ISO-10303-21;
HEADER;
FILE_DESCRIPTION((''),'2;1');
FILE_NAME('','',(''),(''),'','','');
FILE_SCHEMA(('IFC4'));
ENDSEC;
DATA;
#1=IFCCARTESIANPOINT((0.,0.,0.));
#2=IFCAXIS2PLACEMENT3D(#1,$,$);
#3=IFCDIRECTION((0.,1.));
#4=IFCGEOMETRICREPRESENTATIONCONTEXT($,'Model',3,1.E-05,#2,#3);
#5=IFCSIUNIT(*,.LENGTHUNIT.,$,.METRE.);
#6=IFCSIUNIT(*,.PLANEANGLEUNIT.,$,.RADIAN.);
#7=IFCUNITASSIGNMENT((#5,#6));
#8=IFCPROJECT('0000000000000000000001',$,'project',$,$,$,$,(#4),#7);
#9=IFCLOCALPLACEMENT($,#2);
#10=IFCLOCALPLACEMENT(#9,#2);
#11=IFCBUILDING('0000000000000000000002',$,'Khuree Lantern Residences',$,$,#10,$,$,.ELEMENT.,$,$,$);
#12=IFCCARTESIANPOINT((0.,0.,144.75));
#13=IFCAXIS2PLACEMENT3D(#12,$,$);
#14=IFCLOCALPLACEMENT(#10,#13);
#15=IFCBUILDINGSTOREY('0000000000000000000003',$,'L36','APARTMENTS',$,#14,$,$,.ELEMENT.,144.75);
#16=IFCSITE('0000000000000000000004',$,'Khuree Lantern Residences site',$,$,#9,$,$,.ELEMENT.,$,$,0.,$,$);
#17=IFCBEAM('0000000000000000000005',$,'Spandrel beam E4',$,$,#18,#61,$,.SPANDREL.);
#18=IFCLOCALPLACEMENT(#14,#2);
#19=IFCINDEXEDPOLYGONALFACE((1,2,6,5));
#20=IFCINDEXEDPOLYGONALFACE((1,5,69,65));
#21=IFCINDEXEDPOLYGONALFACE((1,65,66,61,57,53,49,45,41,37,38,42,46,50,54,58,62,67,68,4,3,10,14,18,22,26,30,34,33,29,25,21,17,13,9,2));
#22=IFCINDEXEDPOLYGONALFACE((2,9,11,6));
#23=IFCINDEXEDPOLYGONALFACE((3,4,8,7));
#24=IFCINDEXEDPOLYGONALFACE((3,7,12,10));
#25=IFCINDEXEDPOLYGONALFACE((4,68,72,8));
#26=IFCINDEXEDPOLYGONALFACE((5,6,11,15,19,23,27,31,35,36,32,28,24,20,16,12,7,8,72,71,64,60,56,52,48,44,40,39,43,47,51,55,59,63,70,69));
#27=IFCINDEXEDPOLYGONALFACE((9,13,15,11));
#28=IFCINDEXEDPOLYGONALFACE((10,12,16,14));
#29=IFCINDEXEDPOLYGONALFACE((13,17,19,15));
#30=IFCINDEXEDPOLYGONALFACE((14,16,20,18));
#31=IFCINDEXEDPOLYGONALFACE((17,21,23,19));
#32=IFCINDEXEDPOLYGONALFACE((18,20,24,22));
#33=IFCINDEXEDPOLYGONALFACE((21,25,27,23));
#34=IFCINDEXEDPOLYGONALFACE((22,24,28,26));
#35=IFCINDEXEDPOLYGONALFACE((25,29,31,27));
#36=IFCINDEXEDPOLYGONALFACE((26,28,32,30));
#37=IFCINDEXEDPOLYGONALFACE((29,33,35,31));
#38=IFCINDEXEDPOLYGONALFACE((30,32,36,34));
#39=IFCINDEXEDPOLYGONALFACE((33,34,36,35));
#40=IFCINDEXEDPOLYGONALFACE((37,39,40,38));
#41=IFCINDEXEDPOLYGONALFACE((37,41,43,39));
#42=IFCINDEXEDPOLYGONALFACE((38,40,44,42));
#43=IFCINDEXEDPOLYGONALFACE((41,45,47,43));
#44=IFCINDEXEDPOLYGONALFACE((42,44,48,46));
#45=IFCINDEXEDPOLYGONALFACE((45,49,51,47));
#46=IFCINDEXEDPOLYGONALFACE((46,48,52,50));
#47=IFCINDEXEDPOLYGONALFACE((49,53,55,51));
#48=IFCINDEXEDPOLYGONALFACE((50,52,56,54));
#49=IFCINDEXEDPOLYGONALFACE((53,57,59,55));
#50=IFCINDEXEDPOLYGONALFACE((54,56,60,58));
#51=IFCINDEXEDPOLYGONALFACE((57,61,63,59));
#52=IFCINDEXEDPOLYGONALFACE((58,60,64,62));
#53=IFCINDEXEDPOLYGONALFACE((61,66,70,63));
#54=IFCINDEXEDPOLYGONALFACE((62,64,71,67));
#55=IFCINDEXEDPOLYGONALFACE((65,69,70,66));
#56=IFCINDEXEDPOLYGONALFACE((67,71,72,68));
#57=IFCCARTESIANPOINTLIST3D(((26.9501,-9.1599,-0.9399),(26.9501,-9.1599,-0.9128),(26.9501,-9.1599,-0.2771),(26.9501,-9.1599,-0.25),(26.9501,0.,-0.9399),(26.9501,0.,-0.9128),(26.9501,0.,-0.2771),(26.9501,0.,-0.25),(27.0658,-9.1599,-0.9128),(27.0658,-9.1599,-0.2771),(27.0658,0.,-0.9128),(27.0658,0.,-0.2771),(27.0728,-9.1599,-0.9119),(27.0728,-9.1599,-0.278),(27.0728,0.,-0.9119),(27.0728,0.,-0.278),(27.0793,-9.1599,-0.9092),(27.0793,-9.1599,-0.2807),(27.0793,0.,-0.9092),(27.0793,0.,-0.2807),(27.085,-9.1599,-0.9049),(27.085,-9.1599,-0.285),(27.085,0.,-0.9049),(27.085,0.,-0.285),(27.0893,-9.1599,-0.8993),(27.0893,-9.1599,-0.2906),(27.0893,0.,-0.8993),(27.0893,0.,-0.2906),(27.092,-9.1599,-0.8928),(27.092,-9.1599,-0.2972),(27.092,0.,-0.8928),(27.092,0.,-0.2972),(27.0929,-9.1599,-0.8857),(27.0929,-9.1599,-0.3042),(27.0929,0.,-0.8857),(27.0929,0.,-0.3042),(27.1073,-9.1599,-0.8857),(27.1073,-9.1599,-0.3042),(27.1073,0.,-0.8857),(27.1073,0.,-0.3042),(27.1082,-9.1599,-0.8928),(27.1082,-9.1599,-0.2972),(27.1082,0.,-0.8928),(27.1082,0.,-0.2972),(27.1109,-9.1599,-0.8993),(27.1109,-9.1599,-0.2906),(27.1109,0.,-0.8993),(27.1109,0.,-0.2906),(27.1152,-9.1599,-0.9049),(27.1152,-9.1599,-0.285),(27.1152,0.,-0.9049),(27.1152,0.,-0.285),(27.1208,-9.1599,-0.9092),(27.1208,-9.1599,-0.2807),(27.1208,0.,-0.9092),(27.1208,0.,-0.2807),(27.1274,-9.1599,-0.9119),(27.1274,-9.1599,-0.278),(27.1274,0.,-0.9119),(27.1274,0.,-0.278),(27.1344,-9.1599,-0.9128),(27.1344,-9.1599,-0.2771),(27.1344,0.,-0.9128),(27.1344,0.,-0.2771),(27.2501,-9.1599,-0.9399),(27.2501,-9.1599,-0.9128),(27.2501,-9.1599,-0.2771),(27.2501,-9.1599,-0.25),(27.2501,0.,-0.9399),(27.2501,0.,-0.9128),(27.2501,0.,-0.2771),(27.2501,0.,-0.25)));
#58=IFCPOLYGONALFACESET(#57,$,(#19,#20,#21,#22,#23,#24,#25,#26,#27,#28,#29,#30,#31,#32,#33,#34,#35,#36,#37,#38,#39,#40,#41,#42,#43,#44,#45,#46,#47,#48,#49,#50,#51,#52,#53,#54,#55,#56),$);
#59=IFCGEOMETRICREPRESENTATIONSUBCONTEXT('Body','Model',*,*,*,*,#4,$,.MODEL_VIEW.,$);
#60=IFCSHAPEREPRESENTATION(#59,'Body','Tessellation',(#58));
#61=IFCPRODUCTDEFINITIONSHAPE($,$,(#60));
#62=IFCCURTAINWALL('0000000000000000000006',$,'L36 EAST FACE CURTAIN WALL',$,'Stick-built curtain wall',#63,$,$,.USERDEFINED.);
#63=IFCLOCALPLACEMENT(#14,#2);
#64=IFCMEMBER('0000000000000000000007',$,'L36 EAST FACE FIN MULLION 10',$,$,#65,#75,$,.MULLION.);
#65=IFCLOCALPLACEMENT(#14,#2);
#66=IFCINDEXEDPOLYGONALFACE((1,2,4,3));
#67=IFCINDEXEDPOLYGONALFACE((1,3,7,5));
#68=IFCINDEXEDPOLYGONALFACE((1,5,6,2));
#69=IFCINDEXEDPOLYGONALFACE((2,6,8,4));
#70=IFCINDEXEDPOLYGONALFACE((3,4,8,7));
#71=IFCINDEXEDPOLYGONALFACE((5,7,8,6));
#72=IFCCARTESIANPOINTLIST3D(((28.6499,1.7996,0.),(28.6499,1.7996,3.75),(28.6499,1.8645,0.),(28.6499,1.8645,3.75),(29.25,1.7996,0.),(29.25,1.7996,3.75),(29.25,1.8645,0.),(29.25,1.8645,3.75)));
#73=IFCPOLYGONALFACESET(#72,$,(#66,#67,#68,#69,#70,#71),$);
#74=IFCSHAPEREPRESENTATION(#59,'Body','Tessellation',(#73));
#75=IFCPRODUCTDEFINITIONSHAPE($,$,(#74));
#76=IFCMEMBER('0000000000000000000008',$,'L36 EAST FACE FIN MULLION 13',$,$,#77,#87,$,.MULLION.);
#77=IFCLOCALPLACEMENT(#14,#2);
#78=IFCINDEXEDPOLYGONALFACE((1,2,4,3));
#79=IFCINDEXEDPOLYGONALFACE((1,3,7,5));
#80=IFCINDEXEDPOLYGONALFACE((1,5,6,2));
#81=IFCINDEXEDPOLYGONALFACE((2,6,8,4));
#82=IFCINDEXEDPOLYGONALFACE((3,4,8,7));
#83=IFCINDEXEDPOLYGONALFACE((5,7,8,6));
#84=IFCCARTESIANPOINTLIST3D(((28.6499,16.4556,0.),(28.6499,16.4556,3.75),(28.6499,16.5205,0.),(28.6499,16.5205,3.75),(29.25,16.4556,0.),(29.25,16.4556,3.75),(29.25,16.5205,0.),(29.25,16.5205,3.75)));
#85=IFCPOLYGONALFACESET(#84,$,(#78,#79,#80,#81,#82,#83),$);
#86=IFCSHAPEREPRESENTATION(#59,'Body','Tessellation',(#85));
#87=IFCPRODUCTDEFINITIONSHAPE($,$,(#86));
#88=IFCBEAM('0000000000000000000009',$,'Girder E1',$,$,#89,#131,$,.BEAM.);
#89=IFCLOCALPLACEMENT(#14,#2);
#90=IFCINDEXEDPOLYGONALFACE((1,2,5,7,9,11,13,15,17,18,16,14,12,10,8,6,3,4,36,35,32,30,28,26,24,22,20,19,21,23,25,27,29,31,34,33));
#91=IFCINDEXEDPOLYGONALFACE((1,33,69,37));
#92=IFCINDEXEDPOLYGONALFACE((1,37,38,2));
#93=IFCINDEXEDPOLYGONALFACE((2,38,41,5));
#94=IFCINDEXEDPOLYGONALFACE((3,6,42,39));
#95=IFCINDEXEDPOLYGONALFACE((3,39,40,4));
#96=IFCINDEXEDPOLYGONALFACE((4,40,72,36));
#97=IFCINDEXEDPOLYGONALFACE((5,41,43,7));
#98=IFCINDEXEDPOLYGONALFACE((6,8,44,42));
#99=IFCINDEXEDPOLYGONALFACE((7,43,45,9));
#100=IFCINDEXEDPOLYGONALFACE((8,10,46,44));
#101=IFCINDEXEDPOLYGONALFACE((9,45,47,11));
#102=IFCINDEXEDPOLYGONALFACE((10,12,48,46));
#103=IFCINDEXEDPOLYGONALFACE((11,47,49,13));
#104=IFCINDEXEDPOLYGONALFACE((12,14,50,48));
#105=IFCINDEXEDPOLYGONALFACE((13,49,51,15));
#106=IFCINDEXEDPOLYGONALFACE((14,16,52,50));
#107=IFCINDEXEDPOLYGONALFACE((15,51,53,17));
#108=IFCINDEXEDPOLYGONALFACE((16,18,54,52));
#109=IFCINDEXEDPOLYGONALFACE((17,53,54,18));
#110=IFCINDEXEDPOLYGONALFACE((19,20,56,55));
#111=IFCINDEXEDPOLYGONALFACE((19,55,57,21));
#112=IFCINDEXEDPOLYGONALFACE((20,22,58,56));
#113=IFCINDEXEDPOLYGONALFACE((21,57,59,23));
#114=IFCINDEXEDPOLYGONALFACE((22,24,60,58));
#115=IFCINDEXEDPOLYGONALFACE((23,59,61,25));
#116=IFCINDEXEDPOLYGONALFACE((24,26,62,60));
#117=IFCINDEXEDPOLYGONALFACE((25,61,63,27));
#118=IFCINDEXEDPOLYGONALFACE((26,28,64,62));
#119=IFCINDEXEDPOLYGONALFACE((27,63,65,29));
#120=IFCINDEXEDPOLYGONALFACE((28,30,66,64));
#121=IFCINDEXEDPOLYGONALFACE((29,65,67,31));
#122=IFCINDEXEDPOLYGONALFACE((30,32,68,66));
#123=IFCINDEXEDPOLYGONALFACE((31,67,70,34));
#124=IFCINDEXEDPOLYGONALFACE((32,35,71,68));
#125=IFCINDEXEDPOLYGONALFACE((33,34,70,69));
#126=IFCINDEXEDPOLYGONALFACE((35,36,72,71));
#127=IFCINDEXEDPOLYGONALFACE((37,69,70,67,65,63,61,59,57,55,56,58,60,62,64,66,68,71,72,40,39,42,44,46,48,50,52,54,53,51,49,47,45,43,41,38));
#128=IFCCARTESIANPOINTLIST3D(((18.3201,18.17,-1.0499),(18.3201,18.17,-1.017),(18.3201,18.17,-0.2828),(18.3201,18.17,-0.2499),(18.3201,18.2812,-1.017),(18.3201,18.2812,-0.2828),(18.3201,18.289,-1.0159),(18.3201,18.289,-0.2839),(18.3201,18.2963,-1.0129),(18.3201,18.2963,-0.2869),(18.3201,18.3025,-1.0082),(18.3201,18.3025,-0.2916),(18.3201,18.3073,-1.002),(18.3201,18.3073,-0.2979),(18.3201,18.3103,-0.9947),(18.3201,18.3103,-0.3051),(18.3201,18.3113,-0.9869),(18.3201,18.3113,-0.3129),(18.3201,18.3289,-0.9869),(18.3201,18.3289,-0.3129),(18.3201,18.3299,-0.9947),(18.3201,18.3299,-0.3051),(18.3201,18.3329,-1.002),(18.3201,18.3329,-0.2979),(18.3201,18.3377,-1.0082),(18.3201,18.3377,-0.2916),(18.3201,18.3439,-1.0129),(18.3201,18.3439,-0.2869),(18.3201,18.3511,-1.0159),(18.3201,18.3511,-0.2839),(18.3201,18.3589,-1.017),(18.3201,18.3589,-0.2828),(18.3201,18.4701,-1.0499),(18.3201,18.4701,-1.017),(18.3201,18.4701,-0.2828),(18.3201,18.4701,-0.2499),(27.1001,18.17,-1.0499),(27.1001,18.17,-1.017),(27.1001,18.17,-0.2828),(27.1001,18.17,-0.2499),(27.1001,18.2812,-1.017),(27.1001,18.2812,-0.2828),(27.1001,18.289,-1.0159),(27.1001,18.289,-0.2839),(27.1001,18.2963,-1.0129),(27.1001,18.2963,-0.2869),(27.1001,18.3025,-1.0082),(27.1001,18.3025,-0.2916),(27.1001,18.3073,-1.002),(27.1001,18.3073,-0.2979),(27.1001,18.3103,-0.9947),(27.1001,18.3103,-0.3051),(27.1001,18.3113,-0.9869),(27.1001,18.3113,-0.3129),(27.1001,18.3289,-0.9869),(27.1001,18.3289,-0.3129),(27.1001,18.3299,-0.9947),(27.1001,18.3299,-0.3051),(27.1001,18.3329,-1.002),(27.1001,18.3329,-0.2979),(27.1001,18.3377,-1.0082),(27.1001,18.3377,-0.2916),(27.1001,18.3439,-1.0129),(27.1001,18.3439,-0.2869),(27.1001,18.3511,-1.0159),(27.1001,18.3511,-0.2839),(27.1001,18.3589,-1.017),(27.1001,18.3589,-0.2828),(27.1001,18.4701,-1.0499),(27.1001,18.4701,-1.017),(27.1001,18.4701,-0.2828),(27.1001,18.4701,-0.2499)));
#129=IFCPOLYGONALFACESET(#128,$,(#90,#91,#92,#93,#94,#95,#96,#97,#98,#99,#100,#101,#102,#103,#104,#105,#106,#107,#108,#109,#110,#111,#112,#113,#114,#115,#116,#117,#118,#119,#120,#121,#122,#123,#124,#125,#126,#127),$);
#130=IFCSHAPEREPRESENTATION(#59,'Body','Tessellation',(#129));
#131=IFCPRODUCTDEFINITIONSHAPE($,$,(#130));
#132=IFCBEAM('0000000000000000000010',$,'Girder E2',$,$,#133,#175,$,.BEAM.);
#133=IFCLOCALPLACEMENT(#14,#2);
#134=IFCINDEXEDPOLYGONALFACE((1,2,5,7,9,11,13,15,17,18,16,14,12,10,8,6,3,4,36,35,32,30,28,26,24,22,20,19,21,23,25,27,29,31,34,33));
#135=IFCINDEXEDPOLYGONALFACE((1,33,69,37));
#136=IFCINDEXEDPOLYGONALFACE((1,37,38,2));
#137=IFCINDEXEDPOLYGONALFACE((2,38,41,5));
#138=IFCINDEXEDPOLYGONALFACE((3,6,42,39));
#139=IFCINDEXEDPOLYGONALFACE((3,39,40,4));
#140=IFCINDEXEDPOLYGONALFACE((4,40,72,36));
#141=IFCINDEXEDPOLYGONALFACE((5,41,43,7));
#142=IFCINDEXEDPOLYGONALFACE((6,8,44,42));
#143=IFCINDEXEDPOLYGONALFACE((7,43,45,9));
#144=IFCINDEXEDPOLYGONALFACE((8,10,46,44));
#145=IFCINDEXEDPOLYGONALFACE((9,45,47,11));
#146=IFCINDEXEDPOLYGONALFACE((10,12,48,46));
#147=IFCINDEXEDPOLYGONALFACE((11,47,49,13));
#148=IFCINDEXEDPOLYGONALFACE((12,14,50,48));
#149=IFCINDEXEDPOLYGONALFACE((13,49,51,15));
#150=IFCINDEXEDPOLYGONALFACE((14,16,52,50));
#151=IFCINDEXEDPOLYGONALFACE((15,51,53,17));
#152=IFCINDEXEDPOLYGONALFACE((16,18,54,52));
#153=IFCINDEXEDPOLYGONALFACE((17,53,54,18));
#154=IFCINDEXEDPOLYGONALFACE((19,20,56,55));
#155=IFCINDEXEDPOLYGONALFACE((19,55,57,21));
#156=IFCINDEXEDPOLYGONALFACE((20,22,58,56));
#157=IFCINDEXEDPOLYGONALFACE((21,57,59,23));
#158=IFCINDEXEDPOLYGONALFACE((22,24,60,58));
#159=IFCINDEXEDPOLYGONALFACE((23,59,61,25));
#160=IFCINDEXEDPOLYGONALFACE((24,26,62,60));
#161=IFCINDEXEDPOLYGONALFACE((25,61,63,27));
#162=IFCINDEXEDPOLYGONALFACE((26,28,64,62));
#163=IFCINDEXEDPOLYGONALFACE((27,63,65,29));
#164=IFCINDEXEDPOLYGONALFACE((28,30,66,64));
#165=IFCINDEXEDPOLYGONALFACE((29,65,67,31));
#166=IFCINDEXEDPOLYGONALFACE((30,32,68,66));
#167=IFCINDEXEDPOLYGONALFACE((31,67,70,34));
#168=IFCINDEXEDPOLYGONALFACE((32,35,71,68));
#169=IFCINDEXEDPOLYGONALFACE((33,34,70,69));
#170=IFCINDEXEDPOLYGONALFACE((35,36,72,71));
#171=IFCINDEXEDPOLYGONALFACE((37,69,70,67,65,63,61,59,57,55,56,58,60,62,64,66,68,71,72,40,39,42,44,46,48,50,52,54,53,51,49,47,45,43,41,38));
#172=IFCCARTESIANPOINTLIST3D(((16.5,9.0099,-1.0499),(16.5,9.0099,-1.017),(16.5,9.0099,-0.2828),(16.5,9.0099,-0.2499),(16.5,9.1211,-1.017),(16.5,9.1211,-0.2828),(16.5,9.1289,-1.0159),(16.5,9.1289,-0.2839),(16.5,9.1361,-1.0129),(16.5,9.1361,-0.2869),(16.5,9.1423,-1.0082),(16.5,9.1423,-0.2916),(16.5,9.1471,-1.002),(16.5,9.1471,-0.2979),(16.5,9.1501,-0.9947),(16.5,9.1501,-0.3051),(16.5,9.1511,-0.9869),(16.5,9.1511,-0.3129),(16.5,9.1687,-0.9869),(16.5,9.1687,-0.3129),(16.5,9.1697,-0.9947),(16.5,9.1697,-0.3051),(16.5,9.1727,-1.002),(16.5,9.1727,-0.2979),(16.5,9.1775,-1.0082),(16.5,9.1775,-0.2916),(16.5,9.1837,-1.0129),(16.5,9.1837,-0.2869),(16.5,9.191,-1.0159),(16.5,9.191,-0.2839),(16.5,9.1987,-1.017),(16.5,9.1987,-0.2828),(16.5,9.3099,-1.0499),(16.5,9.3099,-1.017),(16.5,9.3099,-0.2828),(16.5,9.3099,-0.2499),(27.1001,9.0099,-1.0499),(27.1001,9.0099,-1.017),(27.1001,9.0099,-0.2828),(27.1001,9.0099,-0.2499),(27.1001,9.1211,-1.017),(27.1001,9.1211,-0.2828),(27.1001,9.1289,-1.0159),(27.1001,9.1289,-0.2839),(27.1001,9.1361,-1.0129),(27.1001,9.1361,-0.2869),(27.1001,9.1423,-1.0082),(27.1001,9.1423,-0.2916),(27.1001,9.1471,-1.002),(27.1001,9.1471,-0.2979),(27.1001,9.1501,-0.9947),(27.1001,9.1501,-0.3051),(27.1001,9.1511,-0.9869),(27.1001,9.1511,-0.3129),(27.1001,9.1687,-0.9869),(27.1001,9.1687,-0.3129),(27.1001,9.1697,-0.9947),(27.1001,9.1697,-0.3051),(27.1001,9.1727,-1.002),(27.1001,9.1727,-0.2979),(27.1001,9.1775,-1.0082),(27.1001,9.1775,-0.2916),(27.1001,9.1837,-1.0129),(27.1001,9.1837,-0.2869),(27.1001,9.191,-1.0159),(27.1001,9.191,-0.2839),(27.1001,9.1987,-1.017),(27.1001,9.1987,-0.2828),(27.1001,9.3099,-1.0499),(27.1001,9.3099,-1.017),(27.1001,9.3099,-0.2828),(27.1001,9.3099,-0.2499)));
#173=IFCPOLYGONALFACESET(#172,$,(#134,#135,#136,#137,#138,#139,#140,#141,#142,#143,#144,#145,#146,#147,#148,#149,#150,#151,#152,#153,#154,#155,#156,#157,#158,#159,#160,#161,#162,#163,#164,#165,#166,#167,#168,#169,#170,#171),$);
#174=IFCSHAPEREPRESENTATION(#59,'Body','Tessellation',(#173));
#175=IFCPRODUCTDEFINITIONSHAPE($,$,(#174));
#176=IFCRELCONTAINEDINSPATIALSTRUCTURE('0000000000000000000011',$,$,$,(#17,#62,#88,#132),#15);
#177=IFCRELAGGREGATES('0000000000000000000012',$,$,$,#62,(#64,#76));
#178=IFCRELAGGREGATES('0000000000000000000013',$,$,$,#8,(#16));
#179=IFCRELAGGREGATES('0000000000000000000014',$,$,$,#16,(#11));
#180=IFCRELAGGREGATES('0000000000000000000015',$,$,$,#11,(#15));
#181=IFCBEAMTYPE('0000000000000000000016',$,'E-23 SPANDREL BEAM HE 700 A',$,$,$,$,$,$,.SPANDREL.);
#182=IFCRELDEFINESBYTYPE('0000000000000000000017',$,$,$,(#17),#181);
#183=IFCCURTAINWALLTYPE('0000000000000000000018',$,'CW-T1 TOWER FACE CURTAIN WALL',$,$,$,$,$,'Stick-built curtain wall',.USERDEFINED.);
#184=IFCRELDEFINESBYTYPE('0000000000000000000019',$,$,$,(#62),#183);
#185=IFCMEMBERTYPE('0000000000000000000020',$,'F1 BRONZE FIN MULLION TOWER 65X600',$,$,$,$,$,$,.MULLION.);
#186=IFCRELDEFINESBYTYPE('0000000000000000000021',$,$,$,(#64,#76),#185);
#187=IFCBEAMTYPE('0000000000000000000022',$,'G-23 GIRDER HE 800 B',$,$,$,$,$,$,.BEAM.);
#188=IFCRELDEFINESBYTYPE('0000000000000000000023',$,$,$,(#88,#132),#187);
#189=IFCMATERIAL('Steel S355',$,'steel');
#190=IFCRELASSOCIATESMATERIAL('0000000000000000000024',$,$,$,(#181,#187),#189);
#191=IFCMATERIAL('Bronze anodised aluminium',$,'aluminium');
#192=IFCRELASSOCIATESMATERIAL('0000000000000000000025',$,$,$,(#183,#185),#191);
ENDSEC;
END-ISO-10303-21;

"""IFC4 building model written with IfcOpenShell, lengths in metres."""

from ifc_helpers import new_model, si_unit, direction, frame, origin, origin_2d, place, context, subcontext, project, spatial, rectangle, i_section, extrude, material, material_profile, profile_set, type_object, element, aggregate, save


model = new_model("IFC4")

# Units and contexts
model_context = context("Model", 3, precision=1e-05, world=origin(), true_north=direction((0.0, 1.0)))
body_context = subcontext(model_context, "Body", "Model", "MODEL_VIEW")
ifc_project = project(units=[si_unit("LENGTHUNIT", "METRE"), si_unit("PLANEANGLEUNIT", "RADIAN")], contexts=[model_context])

# Site, building, storey
site_placement = place(None, origin())
site = spatial("IfcSite", under=ifc_project, at=site_placement, Name="Khuree Lantern Residences site", CompositionType="ELEMENT", RefElevation=0.0)
building_placement = place(site_placement, origin())
building = spatial("IfcBuilding", under=site, at=building_placement, Name="Khuree Lantern Residences", CompositionType="ELEMENT")
storey_placement = place(building_placement, frame((0.0, 0.0, 144.75)))
storey = spatial("IfcBuildingStorey", under=building, at=storey_placement, Name="L36", Description="APARTMENTS", CompositionType="ELEMENT", Elevation=144.75)

# Beam
ifc_material_1 = material(Name="Steel S355", Category="steel")
ifc_material_profile_1 = material_profile(ifc_material_1, i_section(OverallWidth=0.3, OverallDepth=0.6899, WebThickness=0.0144, FlangeThickness=0.0271, FilletRadius=0.0271, at=origin_2d()), Name="HE 700 A")
ifc_profile_set_1 = profile_set([ifc_material_profile_1], Name="Steel S355")
beam_type_1 = type_object("IfcBeamType", Name="E-23 SPANDREL BEAM HE 700 A", PredefinedType="SPANDREL", material=ifc_profile_set_1)
for number, where, z_axis, x_axis, name in (
    (1, (27.1001, 0.0, -0.595), (0.0, -1.0, 0.0), (1.0, 0.0, 0.0), "Spandrel beam E4"),
):
    element("IfcBeam", number, at=place(storey_placement, frame(where, z_axis=z_axis, x_axis=x_axis)), inside=storey, type_object=beam_type_1, Name=name, PredefinedType="SPANDREL", context=body_context, shape_type="SweptSolid", body=[
        extrude(i_section(OverallWidth=0.3, OverallDepth=0.6899, WebThickness=0.0144, FlangeThickness=0.0271, FilletRadius=0.0271, at=origin_2d()), origin(), (0.0, 0.0, 1.0), 9.1599),
    ])

# Curtain wall, members
ifc_material_2 = material(Name="Bronze anodised aluminium", Category="aluminium")
curtain_wall_type = type_object("IfcCurtainWallType", Name="CW-T1 TOWER FACE CURTAIN WALL", ElementType="Stick-built curtain wall", PredefinedType="USERDEFINED", material=ifc_material_2)
curtain_wall_placement = place(storey_placement, origin())
curtain_wall = element("IfcCurtainWall", 2, at=curtain_wall_placement, inside=storey, type_object=curtain_wall_type, Name="L36 EAST FACE CURTAIN WALL", ObjectType="Stick-built curtain wall", PredefinedType="USERDEFINED")
ifc_material_profile_2 = material_profile(ifc_material_2, rectangle(XDim=0.0649, YDim=0.6001, at=origin_2d()), Name="F1 65X600")
ifc_profile_set_2 = profile_set([ifc_material_profile_2], Name="Bronze anodised aluminium")
member_type_1 = type_object("IfcMemberType", Name="F1 BRONZE FIN MULLION TOWER 65X600", PredefinedType="MULLION", material=ifc_profile_set_2)
member_1_placement = place(storey_placement, frame((28.95, 1.832, 0.0), z_axis=(0.0, 0.0, 1.0), x_axis=(0.0, 1.0, 0.0)))
member_1 = element("IfcMember", 3, at=member_1_placement, type_object=member_type_1, Name="L36 EAST FACE FIN MULLION 10", PredefinedType="MULLION", context=body_context, shape_type="SweptSolid", body=[
    extrude(rectangle(XDim=0.0649, YDim=0.6001, at=origin_2d()), origin(), (0.0, 0.0, 1.0), 3.75),
])
member_2_placement = place(storey_placement, frame((28.95, 16.488, 0.0), z_axis=(0.0, 0.0, 1.0), x_axis=(0.0, 1.0, 0.0)))
member_2 = element("IfcMember", 4, at=member_2_placement, type_object=member_type_1, Name="L36 EAST FACE FIN MULLION 13", PredefinedType="MULLION", context=body_context, shape_type="SweptSolid", body=[
    extrude(rectangle(XDim=0.0649, YDim=0.6001, at=origin_2d()), origin(), (0.0, 0.0, 1.0), 3.75),
])

# Beams
ifc_material_profile_3 = material_profile(ifc_material_1, i_section(OverallWidth=0.3, OverallDepth=0.8, WebThickness=0.0176, FlangeThickness=0.033, FilletRadius=0.03, at=origin_2d()), Name="HE 800 B")
ifc_profile_set_3 = profile_set([ifc_material_profile_3], Name="Steel S355")
beam_type_2 = type_object("IfcBeamType", Name="G-23 GIRDER HE 800 B", PredefinedType="BEAM", material=ifc_profile_set_3)
beam_placement = place(storey_placement, frame((27.1001, 18.3201, -0.6499), z_axis=(-1.0, 0.0, 0.0), x_axis=(0.0, -1.0, 0.0)))
element("IfcBeam", 5, at=beam_placement, inside=storey, type_object=beam_type_2, Name="Girder E1", PredefinedType="BEAM", context=body_context, shape_type="SweptSolid", body=[
    extrude(i_section(OverallWidth=0.3, OverallDepth=0.8, WebThickness=0.0176, FlangeThickness=0.033, FilletRadius=0.03, at=origin_2d()), origin(), (0.0, 0.0, 1.0), 8.78),
])
for number, where, z_axis, x_axis, name in (
    (6, (27.1001, 9.1599, -0.6499), (-1.0, 0.0, 0.0), (0.0, -1.0, 0.0), "Girder E2"),
):
    element("IfcBeam", number, at=place(storey_placement, frame(where, z_axis=z_axis, x_axis=x_axis)), inside=storey, type_object=beam_type_2, Name=name, PredefinedType="BEAM", context=body_context, shape_type="SweptSolid", body=[
        extrude(i_section(OverallWidth=0.3, OverallDepth=0.8, WebThickness=0.0176, FlangeThickness=0.033, FilletRadius=0.03, at=origin_2d()), origin(), (0.0, 0.0, 1.0), 10.6001),
    ])

aggregate(curtain_wall, [member_1, member_2])

save(model, "model.ifc")
